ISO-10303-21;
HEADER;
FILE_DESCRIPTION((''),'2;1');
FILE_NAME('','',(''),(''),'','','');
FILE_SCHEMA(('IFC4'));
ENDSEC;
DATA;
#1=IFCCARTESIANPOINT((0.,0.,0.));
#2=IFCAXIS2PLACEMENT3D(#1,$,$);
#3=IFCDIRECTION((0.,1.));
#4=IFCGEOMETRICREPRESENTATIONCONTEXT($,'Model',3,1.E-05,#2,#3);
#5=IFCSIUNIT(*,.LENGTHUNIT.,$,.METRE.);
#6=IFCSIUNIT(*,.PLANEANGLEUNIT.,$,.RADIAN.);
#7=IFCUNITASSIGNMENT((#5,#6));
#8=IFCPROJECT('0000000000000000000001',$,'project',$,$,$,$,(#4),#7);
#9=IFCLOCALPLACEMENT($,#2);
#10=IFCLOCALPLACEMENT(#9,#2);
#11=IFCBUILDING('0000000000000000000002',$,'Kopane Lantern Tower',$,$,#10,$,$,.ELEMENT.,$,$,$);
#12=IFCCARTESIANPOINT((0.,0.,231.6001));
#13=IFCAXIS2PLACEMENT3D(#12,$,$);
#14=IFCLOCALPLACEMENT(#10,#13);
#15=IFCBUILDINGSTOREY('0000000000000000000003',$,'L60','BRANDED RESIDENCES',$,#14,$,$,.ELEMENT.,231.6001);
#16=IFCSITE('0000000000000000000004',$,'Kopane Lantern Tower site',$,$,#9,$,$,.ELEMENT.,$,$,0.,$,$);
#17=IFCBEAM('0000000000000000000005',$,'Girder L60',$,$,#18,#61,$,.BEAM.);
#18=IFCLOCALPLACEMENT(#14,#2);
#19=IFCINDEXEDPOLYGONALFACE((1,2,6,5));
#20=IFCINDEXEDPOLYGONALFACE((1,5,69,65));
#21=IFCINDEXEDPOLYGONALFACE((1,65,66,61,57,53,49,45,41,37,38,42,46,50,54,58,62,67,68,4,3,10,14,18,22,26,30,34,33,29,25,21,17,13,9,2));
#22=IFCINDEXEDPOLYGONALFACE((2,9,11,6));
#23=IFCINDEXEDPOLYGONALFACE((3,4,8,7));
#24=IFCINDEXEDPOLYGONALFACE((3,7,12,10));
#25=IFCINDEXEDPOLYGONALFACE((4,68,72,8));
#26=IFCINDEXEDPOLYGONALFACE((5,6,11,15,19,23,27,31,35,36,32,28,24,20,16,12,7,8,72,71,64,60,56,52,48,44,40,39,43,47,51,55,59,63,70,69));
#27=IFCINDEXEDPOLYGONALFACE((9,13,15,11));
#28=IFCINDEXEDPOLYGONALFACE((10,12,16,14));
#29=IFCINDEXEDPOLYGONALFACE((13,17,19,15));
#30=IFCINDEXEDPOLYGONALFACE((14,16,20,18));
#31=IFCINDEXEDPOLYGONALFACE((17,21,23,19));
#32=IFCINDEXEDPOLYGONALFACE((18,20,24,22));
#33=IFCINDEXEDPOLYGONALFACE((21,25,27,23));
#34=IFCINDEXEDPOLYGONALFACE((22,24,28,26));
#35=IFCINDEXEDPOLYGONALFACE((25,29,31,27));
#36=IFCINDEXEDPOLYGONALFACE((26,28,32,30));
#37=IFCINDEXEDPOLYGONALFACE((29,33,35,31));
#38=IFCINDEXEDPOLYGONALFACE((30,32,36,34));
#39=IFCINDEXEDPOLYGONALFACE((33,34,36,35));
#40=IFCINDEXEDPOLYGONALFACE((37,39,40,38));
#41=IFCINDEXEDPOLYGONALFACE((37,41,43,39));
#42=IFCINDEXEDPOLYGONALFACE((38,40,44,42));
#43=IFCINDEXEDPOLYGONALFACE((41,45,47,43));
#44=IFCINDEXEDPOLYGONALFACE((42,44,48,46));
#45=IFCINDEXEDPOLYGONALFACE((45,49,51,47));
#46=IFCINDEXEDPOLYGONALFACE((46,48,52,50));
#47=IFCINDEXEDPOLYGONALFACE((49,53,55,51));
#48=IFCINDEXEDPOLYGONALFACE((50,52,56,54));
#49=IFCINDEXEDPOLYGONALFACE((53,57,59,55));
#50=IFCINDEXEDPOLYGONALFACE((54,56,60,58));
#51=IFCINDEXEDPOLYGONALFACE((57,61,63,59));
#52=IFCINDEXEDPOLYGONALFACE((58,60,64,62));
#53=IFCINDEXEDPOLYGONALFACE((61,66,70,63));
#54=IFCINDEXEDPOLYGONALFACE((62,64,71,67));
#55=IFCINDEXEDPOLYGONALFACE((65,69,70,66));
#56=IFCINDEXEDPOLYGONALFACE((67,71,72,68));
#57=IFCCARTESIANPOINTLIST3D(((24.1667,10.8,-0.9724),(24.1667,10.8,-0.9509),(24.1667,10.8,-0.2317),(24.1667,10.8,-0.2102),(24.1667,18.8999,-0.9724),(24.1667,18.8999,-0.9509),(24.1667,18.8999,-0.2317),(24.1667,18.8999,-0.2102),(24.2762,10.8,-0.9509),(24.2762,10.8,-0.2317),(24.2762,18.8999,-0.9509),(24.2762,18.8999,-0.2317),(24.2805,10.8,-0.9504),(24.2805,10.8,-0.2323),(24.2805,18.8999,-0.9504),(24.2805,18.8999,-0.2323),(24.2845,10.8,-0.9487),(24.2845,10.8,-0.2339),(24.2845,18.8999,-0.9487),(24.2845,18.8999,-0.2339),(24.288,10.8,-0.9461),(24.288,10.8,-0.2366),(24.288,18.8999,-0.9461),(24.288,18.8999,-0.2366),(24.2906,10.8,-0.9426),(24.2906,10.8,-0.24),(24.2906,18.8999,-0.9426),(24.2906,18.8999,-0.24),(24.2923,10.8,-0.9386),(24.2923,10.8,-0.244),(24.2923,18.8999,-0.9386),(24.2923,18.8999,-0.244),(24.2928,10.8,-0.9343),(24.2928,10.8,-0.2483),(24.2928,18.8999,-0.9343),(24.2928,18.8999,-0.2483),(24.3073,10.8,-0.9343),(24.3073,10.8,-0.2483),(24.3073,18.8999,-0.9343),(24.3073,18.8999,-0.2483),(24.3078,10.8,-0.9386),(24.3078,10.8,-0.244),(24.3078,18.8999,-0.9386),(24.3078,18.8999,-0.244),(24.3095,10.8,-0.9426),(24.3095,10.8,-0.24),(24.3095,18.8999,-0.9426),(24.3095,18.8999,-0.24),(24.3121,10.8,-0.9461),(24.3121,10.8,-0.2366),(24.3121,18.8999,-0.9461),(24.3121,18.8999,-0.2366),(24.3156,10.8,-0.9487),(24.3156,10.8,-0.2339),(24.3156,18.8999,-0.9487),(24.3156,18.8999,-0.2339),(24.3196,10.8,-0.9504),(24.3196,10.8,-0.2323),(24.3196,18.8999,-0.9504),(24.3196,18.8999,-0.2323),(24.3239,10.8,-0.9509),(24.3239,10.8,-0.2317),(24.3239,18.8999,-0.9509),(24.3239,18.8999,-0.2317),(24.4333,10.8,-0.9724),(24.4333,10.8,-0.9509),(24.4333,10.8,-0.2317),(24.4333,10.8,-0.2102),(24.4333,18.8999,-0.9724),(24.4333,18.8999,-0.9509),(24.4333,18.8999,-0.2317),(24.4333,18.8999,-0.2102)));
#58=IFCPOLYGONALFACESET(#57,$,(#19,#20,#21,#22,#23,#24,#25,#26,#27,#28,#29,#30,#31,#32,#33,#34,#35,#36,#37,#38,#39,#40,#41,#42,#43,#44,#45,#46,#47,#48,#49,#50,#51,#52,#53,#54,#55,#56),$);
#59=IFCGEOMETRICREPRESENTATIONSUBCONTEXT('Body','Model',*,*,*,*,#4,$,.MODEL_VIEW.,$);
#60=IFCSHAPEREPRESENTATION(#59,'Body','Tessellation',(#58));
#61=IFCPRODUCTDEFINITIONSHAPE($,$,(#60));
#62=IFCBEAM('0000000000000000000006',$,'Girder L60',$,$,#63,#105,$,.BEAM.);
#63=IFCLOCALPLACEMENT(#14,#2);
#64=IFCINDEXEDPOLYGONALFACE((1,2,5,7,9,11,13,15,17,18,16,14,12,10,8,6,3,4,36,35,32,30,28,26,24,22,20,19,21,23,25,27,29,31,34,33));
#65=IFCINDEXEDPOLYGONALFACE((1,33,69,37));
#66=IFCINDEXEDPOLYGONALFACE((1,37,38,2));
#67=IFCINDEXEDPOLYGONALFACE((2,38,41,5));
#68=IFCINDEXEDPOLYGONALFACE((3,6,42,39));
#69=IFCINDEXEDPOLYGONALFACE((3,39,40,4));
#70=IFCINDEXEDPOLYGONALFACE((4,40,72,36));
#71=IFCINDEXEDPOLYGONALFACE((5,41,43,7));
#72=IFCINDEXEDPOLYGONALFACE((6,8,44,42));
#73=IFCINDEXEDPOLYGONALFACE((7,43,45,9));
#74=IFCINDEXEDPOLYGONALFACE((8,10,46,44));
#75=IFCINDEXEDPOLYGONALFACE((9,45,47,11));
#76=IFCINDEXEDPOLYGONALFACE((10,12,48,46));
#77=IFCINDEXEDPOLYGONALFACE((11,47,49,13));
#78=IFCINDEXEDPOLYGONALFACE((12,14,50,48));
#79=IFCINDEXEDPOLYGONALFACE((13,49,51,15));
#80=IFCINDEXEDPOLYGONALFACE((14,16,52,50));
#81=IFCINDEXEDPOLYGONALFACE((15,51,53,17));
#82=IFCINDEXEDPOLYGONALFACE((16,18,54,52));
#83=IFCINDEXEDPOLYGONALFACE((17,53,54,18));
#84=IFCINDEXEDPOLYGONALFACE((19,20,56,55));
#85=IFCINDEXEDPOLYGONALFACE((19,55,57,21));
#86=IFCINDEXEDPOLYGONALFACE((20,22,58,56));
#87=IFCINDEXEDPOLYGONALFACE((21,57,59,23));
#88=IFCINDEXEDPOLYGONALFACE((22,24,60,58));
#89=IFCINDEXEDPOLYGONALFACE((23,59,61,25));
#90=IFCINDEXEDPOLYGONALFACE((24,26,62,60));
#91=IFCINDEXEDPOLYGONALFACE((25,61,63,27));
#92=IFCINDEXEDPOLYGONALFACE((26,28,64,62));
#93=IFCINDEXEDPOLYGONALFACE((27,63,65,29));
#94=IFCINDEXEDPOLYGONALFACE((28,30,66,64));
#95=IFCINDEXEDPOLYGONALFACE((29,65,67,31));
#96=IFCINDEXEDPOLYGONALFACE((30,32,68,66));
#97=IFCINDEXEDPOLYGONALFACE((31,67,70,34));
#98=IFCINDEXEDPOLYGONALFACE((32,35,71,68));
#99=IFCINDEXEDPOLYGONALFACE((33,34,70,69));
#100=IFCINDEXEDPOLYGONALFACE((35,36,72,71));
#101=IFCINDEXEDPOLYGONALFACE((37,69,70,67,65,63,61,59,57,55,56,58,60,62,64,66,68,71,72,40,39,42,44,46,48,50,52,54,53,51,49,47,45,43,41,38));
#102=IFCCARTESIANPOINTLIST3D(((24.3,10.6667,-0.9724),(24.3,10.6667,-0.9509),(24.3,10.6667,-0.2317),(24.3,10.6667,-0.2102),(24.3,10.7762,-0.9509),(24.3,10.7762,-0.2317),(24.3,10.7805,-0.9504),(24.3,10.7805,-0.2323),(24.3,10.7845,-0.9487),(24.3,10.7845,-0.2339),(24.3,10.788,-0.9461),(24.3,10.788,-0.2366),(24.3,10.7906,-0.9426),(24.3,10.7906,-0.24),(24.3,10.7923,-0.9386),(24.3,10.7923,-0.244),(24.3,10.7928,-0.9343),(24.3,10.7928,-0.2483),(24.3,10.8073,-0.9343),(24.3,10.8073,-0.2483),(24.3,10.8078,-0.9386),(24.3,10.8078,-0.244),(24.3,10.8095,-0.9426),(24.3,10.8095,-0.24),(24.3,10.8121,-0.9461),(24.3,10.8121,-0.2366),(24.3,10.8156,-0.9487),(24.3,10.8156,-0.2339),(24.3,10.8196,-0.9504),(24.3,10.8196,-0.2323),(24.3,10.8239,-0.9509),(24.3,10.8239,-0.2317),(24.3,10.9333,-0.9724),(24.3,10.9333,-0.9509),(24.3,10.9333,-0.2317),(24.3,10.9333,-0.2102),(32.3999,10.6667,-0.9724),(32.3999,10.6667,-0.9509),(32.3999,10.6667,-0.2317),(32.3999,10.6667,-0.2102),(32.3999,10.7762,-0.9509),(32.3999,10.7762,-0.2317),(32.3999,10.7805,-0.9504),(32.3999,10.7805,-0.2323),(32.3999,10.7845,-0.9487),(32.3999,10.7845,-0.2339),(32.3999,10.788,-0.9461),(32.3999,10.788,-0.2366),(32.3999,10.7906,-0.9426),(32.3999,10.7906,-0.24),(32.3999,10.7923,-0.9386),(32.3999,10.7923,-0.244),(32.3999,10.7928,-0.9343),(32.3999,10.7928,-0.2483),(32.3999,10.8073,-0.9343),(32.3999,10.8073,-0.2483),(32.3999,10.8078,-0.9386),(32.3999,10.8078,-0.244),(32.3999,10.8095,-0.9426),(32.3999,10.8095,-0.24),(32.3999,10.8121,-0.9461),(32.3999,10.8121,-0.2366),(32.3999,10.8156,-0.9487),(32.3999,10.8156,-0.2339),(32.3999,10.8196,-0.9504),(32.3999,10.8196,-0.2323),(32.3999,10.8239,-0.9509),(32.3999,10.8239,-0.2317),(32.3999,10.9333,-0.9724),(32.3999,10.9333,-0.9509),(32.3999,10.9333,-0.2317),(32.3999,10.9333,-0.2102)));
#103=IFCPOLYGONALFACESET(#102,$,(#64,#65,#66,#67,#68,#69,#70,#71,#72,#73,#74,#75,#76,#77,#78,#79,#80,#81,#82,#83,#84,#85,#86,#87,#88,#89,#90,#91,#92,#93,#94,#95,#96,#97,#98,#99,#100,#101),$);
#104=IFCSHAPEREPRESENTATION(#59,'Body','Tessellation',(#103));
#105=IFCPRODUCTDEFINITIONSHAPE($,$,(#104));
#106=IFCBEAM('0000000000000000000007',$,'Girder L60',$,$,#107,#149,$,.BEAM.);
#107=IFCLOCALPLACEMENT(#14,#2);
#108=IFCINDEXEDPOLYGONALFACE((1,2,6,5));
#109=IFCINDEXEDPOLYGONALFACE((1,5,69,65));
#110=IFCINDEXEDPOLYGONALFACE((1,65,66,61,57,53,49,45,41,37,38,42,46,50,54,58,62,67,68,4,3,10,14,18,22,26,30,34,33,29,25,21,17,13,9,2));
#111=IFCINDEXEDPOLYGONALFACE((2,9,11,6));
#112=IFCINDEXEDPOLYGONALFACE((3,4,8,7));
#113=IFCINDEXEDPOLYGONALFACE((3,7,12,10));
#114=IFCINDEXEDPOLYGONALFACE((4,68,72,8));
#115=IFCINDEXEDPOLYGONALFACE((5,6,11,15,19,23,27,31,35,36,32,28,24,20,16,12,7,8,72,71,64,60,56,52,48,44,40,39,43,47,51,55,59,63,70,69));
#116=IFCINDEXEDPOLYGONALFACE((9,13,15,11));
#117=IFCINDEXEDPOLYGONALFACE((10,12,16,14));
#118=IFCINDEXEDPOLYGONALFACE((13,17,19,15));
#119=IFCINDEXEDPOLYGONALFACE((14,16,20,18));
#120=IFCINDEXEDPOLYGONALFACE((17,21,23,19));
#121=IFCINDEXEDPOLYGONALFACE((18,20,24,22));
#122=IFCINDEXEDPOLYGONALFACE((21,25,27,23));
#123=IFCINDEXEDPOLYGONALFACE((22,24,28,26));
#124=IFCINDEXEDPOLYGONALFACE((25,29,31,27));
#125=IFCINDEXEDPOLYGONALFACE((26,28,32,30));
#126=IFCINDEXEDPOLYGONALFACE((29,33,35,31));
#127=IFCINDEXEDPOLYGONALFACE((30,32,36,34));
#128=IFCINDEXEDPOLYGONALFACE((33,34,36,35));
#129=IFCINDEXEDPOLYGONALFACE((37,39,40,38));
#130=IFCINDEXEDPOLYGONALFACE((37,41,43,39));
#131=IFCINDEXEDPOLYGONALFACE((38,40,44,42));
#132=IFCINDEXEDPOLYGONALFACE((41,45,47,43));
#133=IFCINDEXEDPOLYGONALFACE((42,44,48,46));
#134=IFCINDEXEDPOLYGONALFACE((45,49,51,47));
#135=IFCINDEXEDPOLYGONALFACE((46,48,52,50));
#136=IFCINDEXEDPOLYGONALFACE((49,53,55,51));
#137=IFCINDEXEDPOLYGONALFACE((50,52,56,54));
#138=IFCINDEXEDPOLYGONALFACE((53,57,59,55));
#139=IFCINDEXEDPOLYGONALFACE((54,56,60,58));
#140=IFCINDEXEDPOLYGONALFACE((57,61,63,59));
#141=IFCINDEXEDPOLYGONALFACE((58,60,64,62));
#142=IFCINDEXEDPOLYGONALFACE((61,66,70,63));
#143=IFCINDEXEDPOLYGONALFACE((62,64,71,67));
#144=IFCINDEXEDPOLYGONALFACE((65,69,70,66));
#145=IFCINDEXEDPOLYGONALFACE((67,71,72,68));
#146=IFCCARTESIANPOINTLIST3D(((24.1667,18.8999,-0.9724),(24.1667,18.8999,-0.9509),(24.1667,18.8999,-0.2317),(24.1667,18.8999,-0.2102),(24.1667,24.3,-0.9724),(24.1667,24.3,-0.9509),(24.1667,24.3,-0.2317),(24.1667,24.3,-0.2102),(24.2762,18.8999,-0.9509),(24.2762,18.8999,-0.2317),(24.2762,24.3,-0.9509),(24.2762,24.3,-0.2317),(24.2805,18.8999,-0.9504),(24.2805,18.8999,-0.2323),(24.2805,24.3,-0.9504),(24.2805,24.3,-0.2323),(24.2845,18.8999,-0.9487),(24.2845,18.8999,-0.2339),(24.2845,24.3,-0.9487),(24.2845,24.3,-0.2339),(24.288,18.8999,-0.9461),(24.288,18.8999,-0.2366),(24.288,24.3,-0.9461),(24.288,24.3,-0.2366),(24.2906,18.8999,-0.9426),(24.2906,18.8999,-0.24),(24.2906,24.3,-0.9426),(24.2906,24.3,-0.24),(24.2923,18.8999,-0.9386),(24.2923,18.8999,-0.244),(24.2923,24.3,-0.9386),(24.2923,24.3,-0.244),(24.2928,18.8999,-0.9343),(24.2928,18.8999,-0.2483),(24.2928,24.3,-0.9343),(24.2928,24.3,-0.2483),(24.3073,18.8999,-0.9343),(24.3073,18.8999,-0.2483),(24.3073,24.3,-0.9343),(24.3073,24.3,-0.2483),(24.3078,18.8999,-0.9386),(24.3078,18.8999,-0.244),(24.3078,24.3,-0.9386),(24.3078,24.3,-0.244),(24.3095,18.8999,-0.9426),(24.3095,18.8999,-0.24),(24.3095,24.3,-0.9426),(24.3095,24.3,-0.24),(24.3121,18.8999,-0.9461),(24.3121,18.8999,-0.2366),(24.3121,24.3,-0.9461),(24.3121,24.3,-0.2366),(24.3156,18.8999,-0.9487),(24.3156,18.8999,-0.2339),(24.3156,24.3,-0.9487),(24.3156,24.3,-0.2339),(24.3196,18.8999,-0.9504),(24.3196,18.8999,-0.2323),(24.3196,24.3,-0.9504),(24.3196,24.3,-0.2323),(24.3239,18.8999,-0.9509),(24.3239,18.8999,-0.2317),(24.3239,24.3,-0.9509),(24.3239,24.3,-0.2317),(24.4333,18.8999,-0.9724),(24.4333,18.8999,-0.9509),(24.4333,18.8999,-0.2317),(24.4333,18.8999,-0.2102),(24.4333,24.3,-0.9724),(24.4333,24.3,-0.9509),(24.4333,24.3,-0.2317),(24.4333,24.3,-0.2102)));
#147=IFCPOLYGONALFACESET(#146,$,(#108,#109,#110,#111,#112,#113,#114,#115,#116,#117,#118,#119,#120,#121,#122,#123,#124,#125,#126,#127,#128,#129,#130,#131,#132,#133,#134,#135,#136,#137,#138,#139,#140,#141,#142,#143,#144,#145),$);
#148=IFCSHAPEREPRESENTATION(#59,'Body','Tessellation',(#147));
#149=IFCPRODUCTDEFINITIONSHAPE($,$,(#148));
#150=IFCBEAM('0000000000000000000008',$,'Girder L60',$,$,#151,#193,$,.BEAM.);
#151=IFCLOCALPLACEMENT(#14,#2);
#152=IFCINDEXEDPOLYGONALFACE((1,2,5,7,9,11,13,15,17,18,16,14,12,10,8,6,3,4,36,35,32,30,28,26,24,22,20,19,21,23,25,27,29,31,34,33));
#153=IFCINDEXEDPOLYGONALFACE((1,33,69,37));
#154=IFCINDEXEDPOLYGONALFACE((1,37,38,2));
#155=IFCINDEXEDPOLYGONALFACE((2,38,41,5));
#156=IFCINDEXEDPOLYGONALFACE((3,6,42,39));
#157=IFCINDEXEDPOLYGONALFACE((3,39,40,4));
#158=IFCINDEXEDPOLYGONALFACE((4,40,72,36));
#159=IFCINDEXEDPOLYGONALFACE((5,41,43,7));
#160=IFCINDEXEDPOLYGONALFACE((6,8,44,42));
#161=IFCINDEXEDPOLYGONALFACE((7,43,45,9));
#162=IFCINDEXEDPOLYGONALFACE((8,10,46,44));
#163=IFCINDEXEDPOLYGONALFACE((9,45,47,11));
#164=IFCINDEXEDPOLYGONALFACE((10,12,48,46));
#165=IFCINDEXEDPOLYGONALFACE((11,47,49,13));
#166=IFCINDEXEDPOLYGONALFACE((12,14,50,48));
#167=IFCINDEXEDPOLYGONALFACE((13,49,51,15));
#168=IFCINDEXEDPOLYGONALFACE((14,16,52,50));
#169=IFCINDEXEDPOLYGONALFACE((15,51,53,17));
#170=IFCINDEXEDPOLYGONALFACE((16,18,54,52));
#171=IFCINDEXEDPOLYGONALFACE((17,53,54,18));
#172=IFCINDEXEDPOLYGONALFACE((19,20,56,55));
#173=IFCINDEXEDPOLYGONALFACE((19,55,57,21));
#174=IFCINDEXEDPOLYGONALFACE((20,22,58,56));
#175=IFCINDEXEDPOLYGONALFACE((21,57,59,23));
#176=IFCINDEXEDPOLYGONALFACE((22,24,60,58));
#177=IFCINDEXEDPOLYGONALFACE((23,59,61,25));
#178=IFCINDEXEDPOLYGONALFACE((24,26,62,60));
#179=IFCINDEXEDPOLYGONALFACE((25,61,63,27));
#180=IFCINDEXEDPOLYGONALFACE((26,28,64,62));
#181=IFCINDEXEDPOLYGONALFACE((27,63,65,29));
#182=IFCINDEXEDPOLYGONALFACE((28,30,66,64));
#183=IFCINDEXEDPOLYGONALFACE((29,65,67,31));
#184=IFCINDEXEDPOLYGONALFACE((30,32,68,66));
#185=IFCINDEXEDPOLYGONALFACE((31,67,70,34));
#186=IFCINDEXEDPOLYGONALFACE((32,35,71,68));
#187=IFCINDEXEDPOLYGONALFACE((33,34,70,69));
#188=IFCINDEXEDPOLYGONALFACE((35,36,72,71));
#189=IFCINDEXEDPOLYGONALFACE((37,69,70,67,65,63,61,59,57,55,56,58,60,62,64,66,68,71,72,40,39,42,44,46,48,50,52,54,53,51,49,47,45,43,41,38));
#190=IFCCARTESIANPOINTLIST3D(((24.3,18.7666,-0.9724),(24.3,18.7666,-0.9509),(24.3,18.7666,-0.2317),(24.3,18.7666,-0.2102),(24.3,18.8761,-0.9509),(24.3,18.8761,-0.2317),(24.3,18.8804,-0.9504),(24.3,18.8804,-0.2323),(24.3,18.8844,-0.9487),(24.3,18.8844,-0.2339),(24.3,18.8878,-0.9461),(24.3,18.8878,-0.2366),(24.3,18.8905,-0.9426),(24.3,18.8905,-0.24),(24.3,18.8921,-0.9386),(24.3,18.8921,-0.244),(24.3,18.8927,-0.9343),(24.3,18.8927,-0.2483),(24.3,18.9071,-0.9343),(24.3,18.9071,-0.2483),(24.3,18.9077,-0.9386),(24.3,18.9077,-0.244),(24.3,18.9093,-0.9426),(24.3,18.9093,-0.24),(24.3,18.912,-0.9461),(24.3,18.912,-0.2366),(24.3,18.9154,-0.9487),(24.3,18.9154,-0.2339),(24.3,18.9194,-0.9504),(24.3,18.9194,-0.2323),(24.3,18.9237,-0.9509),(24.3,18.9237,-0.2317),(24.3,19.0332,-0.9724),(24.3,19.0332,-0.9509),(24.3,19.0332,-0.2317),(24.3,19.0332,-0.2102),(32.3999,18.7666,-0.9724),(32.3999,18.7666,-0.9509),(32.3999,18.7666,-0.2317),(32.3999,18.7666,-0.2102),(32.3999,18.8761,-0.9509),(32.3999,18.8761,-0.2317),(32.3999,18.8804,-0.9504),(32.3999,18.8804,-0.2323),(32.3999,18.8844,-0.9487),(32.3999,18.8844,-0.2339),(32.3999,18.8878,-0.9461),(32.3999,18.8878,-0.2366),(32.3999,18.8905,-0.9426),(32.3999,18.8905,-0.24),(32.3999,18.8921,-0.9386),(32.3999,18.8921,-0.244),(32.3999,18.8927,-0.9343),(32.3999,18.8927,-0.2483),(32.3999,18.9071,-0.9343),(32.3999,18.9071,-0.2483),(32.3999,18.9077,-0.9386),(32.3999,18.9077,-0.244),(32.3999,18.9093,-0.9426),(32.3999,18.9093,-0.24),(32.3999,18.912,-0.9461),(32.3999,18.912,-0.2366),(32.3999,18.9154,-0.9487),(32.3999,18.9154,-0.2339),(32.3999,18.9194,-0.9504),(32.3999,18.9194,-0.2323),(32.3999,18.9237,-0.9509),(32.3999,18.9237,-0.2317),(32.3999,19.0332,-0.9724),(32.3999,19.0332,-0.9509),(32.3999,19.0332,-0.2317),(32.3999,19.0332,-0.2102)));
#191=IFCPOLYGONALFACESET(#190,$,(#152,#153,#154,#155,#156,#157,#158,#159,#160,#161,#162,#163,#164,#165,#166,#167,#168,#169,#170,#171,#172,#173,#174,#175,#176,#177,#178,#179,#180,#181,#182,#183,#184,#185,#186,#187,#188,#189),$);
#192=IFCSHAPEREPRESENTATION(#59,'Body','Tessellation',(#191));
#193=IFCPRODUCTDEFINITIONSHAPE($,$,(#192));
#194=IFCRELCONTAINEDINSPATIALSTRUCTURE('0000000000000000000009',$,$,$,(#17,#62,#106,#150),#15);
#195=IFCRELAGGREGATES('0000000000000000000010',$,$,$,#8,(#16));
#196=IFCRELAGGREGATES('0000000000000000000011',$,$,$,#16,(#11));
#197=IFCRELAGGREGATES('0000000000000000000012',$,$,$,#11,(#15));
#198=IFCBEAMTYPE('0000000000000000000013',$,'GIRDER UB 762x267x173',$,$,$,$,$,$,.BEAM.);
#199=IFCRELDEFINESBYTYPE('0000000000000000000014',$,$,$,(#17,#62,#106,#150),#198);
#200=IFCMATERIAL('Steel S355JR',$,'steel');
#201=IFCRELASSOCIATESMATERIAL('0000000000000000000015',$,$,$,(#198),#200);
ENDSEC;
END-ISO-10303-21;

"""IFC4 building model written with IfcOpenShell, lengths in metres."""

from ifc_helpers import new_model, si_unit, direction, frame, origin, origin_2d, place, context, subcontext, project, spatial, i_section, extrude, material, material_profile, profile_set, type_object, element, save


model = new_model("IFC4")

# Units and contexts
model_context = context("Model", 3, precision=1e-05, world=origin(), true_north=direction((0.0, 1.0)))
body_context = subcontext(model_context, "Body", "Model", "MODEL_VIEW")
ifc_project = project(units=[si_unit("LENGTHUNIT", "METRE"), si_unit("PLANEANGLEUNIT", "RADIAN")], contexts=[model_context])

# Site, building, storey
site_placement = place(None, origin())
site = spatial("IfcSite", under=ifc_project, at=site_placement, Name="Kopane Lantern Tower site", CompositionType="ELEMENT", RefElevation=0.0)
building_placement = place(site_placement, origin())
building = spatial("IfcBuilding", under=site, at=building_placement, Name="Kopane Lantern Tower", CompositionType="ELEMENT")
storey_placement = place(building_placement, frame((0.0, 0.0, 231.6001)))
storey = spatial("IfcBuildingStorey", under=building, at=storey_placement, Name="L60", Description="BRANDED RESIDENCES", CompositionType="ELEMENT", Elevation=231.6001)

# Beams
ifc_material_1 = material(Name="Steel S355JR", Category="steel")
ifc_material_profile_1 = material_profile(ifc_material_1, i_section(OverallWidth=0.2666, OverallDepth=0.7622, WebThickness=0.0144, FlangeThickness=0.0215, FilletRadius=0.0166, at=origin_2d()), Name="UB 762x267x173")
ifc_profile_set_1 = profile_set([ifc_material_profile_1], Name="Steel S355JR")
beam_type = type_object("IfcBeamType", Name="GIRDER UB 762x267x173", PredefinedType="BEAM", material=ifc_profile_set_1)
for number, where, z_axis, x_axis, name in (
    (1, (24.3, 10.8, -0.5913), (0.0, 1.0, 0.0), (-1.0, 0.0, 0.0), "Girder L60"),
    (2, (24.3, 10.8, -0.5913), (1.0, 0.0, 0.0), (0.0, 1.0, 0.0), "Girder L60"),
):
    element("IfcBeam", number, at=place(storey_placement, frame(where, z_axis=z_axis, x_axis=x_axis)), inside=storey, type_object=beam_type, Name=name, PredefinedType="BEAM", context=body_context, shape_type="SweptSolid", body=[
        extrude(i_section(OverallWidth=0.2666, OverallDepth=0.7622, WebThickness=0.0144, FlangeThickness=0.0215, FilletRadius=0.0166, at=origin_2d()), origin(), (0.0, 0.0, 1.0), 8.0999),
    ])
beam_1_placement = place(storey_placement, frame((24.3, 18.8999, -0.5913), z_axis=(0.0, 1.0, 0.0), x_axis=(-1.0, 0.0, 0.0)))
element("IfcBeam", 3, at=beam_1_placement, inside=storey, type_object=beam_type, Name="Girder L60", PredefinedType="BEAM", context=body_context, shape_type="SweptSolid", body=[
    extrude(i_section(OverallWidth=0.2666, OverallDepth=0.7622, WebThickness=0.0144, FlangeThickness=0.0215, FilletRadius=0.0166, at=origin_2d()), origin(), (0.0, 0.0, 1.0), 5.4001),
])
beam_2_placement = place(storey_placement, frame((24.3, 18.8999, -0.5913), z_axis=(1.0, 0.0, 0.0), x_axis=(0.0, 1.0, 0.0)))
element("IfcBeam", 4, at=beam_2_placement, inside=storey, type_object=beam_type, Name="Girder L60", PredefinedType="BEAM", context=body_context, shape_type="SweptSolid", body=[
    extrude(i_section(OverallWidth=0.2666, OverallDepth=0.7622, WebThickness=0.0144, FlangeThickness=0.0215, FilletRadius=0.0166, at=origin_2d()), origin(), (0.0, 0.0, 1.0), 8.0999),
])

save(model, "model.ifc")
